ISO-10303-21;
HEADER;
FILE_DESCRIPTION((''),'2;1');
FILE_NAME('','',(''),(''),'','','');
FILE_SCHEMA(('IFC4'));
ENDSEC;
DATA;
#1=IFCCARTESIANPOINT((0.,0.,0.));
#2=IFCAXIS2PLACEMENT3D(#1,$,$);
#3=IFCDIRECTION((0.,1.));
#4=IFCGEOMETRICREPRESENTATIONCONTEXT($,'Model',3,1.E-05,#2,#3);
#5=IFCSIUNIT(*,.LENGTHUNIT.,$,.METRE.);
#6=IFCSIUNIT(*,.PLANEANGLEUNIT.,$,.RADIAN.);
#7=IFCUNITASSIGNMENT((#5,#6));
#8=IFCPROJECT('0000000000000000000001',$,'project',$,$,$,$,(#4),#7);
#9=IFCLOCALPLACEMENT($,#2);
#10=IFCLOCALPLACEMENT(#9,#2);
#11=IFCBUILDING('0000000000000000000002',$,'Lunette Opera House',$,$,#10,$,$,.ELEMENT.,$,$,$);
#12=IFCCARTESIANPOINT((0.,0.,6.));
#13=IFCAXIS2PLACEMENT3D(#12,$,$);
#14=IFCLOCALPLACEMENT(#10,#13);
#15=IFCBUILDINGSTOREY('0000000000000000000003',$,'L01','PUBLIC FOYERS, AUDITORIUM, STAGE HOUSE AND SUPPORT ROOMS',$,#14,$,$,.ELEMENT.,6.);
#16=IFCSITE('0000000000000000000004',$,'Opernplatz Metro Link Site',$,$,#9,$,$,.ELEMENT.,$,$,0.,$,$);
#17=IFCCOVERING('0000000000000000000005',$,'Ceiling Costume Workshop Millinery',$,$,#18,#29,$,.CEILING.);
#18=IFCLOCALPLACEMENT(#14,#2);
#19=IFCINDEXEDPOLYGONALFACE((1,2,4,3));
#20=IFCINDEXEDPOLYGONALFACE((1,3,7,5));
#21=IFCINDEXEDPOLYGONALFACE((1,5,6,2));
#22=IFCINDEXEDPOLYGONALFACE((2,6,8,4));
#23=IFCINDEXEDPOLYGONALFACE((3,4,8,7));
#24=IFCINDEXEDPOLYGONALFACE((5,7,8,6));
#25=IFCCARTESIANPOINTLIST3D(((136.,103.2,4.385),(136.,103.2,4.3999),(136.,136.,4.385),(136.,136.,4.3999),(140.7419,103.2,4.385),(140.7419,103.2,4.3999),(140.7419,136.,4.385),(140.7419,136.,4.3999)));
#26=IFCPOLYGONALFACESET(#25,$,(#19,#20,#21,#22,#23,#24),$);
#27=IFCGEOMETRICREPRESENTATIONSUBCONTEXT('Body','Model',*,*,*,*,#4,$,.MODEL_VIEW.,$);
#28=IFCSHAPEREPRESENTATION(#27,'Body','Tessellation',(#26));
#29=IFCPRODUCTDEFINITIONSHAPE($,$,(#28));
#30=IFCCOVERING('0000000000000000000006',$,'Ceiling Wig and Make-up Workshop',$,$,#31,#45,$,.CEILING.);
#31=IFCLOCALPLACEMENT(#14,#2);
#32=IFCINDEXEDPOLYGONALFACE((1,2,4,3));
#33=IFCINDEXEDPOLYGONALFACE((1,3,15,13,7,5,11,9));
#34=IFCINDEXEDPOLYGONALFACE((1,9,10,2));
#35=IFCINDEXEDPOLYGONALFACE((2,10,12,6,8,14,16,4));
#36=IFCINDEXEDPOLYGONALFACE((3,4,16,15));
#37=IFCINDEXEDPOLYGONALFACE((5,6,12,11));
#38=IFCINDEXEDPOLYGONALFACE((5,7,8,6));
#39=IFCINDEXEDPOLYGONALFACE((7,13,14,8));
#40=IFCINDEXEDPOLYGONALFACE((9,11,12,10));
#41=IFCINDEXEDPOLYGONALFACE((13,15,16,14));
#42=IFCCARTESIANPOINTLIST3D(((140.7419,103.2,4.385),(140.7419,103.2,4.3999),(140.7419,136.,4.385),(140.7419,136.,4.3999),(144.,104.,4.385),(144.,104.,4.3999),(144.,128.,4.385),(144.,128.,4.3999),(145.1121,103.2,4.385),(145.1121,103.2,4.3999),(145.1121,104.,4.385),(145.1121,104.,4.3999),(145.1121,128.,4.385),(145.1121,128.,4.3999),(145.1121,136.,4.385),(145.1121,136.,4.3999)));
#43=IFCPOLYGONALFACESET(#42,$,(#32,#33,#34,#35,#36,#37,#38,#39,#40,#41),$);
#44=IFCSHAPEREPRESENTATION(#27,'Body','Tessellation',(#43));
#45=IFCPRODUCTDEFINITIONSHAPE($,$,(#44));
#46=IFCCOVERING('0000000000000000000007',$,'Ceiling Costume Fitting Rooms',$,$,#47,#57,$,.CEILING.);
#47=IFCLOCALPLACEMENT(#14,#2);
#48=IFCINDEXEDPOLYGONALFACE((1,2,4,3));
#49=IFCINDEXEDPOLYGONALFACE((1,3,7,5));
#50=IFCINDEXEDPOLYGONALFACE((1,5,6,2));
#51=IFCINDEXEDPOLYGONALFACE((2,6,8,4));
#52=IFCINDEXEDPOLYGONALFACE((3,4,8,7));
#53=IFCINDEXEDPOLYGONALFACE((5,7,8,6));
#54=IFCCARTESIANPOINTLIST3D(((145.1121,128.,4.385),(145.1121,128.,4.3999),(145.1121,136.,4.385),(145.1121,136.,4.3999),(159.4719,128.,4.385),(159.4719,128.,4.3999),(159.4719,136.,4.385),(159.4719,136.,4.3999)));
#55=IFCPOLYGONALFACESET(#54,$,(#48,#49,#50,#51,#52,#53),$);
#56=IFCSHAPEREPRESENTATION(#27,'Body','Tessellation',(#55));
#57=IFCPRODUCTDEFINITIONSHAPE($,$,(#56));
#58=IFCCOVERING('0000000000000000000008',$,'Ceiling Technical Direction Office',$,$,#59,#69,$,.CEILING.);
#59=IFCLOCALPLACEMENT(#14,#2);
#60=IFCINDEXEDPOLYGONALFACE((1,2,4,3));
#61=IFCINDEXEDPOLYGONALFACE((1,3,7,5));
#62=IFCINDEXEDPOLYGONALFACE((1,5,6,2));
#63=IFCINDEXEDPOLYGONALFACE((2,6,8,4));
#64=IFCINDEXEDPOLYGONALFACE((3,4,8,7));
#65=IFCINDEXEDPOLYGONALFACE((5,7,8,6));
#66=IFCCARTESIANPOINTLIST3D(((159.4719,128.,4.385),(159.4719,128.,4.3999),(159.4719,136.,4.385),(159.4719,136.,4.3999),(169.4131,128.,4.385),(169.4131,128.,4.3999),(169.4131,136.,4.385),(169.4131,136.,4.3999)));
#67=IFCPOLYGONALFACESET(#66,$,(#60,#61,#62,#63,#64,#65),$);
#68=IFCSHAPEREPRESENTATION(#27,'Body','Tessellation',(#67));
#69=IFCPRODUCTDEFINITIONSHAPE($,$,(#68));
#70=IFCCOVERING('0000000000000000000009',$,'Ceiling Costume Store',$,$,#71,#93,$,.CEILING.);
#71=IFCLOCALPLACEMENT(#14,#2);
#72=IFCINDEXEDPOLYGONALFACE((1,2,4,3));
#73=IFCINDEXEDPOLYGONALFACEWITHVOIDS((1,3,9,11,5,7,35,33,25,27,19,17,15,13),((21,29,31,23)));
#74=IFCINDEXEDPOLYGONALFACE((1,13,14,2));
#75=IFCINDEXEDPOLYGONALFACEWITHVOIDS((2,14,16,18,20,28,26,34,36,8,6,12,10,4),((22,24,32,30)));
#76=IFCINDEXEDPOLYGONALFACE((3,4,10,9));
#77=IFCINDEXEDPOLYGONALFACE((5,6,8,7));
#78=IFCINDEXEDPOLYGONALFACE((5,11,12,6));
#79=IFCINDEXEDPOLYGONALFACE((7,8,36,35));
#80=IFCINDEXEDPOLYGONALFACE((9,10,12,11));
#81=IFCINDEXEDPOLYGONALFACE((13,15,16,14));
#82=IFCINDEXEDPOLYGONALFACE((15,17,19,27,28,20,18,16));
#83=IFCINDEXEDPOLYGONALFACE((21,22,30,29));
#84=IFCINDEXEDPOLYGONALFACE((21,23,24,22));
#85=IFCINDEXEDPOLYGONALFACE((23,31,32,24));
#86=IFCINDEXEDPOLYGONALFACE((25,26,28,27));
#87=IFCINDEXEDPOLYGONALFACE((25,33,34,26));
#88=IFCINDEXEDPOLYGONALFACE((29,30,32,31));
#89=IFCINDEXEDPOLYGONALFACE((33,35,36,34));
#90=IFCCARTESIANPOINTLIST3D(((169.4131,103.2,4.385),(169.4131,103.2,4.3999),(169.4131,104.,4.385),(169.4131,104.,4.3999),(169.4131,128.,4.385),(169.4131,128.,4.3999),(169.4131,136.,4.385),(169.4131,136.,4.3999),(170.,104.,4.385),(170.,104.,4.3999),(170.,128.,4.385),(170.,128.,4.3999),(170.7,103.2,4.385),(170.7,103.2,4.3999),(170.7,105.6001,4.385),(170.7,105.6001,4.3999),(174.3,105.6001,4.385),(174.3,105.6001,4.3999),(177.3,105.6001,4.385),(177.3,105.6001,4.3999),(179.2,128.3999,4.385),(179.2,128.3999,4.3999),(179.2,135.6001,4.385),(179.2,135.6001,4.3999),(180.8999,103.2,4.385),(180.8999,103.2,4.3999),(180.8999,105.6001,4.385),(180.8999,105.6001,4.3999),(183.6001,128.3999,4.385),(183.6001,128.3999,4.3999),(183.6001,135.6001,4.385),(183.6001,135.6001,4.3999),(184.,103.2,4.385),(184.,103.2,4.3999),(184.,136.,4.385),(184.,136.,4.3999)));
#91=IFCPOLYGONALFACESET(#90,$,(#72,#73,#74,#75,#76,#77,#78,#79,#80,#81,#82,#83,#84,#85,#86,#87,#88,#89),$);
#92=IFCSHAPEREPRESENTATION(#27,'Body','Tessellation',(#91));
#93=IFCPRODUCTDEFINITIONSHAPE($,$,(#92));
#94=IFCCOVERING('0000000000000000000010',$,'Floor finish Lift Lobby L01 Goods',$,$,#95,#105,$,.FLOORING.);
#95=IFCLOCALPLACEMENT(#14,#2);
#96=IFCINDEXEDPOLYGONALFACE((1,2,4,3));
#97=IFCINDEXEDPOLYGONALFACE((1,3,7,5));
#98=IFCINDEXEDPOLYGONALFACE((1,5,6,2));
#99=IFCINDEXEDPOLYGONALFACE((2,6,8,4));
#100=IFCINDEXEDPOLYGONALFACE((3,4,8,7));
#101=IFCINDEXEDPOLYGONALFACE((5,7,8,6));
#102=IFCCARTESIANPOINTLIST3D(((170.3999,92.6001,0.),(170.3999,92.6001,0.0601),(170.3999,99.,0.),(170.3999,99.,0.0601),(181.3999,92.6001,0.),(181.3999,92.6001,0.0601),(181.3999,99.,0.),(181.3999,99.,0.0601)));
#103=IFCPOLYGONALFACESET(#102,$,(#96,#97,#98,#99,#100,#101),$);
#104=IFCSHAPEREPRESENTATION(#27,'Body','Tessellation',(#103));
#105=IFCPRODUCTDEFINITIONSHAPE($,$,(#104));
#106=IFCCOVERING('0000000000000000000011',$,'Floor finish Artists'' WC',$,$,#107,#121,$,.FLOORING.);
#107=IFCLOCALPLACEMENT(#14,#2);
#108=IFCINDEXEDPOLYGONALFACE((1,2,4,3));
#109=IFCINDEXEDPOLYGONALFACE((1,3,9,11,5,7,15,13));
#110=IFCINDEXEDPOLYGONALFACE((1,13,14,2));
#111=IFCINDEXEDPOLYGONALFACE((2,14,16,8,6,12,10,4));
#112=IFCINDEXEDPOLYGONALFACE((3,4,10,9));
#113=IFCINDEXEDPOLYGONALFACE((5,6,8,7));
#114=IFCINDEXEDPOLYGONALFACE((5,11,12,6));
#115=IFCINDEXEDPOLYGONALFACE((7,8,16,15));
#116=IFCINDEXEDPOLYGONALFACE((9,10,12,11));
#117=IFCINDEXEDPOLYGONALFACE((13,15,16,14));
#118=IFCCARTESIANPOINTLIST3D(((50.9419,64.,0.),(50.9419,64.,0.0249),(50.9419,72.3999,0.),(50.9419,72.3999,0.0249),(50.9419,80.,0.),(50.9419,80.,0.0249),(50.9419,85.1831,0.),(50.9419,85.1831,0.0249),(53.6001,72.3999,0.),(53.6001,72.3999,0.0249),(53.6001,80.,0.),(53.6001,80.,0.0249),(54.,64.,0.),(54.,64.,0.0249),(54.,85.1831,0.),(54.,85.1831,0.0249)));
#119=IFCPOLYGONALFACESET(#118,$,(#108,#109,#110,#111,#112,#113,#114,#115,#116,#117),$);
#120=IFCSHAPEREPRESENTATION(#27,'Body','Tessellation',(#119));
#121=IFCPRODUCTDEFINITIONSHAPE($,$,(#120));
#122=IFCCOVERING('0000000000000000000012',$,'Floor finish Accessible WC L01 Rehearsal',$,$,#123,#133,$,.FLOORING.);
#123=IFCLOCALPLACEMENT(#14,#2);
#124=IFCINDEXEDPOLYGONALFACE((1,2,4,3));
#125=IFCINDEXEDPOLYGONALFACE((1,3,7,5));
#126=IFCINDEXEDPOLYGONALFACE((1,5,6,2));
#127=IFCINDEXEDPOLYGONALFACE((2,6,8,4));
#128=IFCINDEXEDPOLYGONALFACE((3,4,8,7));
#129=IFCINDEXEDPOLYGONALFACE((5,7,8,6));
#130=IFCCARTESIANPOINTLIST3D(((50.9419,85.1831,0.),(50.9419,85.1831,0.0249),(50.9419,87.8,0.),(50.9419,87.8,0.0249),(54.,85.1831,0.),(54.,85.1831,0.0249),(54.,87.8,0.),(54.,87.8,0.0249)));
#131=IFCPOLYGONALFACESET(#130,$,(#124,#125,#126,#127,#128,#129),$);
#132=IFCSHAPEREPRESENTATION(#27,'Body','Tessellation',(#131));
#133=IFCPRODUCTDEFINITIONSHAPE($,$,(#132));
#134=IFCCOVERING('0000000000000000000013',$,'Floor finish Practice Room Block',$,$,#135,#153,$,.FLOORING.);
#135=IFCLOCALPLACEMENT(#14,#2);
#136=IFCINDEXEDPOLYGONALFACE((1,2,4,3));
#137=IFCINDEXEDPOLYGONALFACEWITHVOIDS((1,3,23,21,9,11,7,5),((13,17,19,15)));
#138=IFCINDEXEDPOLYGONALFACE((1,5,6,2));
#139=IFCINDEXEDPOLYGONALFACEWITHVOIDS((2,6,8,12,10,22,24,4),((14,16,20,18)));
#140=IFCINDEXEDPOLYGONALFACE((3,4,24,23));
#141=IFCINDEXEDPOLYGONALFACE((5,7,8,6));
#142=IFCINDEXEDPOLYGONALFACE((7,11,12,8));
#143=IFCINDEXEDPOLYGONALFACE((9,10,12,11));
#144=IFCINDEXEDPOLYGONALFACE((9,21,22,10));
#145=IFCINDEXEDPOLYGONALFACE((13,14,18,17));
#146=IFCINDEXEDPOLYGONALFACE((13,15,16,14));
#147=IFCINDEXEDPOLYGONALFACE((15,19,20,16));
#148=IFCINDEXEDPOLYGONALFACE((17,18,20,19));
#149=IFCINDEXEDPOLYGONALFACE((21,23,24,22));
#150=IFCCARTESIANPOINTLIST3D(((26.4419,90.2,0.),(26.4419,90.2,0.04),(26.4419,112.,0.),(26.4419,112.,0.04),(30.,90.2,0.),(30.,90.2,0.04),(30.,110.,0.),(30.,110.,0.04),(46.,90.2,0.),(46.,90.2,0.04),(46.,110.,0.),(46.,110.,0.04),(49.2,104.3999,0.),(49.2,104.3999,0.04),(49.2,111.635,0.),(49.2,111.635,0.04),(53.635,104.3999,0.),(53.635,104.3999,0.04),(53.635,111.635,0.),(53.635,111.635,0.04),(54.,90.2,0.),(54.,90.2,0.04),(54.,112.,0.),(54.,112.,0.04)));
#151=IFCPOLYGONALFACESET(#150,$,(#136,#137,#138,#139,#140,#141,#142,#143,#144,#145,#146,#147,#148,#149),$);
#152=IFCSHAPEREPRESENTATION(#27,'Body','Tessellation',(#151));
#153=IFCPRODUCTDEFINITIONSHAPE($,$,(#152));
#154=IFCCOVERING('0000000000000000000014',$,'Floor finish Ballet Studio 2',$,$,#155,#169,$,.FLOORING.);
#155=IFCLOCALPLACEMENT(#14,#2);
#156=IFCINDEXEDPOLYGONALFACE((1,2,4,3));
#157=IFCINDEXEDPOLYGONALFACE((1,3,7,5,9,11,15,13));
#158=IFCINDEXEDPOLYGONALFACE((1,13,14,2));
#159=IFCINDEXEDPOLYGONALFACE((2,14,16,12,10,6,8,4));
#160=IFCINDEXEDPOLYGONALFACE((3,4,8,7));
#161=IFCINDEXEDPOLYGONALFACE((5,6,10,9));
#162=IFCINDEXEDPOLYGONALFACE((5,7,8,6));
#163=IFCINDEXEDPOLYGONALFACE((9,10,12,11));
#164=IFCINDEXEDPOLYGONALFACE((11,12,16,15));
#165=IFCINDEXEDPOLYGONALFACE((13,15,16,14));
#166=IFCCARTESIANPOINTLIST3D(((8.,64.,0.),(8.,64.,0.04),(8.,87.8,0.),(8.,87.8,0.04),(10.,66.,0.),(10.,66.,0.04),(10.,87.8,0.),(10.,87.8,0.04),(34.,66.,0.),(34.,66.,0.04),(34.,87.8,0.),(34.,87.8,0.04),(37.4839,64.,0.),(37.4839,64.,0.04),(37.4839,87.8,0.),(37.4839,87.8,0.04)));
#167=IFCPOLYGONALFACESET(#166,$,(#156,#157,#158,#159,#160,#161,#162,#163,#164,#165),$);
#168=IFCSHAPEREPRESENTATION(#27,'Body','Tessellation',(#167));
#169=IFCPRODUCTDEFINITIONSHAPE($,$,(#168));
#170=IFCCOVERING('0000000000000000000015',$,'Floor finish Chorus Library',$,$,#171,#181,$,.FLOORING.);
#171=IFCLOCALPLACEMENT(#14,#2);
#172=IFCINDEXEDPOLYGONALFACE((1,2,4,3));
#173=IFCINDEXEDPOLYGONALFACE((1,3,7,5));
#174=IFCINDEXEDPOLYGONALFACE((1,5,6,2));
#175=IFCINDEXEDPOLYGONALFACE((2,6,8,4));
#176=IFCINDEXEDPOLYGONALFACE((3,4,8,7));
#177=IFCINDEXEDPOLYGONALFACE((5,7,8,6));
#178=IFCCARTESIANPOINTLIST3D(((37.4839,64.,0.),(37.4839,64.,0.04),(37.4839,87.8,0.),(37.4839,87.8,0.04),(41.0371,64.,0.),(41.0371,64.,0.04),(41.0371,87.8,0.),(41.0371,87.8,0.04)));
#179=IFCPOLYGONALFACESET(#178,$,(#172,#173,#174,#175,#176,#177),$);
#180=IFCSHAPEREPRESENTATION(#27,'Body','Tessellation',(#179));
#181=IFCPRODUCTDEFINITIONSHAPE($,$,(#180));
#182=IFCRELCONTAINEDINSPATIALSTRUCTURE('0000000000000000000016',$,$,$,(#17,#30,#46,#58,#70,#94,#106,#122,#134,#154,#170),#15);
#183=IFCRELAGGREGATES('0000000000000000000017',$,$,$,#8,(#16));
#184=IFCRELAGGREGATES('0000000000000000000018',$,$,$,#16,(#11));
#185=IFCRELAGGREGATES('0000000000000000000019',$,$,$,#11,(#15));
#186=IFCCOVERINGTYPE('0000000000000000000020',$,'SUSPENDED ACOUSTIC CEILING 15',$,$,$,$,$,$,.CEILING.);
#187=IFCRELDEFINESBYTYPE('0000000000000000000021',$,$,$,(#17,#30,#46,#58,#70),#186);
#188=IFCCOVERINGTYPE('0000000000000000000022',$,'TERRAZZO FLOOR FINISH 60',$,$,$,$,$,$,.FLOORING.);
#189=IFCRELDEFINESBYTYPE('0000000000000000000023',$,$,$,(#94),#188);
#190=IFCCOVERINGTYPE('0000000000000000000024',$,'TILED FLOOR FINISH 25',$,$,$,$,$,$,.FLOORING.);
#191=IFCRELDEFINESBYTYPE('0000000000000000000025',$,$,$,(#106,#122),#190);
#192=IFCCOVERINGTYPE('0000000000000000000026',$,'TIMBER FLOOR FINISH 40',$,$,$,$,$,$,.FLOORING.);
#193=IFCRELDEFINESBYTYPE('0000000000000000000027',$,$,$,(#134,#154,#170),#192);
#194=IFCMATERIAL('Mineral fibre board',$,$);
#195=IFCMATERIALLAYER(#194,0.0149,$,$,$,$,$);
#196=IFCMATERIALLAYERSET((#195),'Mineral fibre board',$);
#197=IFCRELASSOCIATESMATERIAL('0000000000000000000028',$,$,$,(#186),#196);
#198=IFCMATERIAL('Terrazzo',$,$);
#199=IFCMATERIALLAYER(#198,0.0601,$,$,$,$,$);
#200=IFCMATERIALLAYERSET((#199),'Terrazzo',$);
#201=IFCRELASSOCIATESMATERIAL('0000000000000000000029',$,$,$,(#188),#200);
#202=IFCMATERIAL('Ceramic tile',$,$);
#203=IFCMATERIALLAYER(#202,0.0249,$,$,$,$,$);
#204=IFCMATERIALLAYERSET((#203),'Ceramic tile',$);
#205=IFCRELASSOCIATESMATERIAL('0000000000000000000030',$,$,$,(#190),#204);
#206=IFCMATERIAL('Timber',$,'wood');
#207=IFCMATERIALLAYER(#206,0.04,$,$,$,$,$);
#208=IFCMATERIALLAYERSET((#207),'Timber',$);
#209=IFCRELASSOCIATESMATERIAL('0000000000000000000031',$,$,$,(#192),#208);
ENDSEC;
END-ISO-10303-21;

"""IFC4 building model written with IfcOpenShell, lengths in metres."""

from ifc_helpers import new_model, si_unit, direction, frame, origin, place, context, subcontext, project, spatial, polyline, outline, extrude, material, layer, layer_set, type_object, element, save


model = new_model("IFC4")

# Units and contexts
model_context = context("Model", 3, precision=1e-05, world=origin(), true_north=direction((0.0, 1.0)))
body_context = subcontext(model_context, "Body", "Model", "MODEL_VIEW")
ifc_project = project(units=[si_unit("LENGTHUNIT", "METRE"), si_unit("PLANEANGLEUNIT", "RADIAN")], contexts=[model_context])

# Site, building, storey
site_placement = place(None, origin())
site = spatial("IfcSite", under=ifc_project, at=site_placement, Name="Opernplatz Metro Link Site", CompositionType="ELEMENT", RefElevation=0.0)
building_placement = place(site_placement, origin())
building = spatial("IfcBuilding", under=site, at=building_placement, Name="Lunette Opera House", CompositionType="ELEMENT")
storey_placement = place(building_placement, frame((0.0, 0.0, 6.0)))
storey = spatial("IfcBuildingStorey", under=building, at=storey_placement, Name="L01", Description="PUBLIC FOYERS, AUDITORIUM, STAGE HOUSE AND SUPPORT ROOMS", CompositionType="ELEMENT", Elevation=6.0)

# Coverings
ifc_material_1 = material(Name="Mineral fibre board")
ifc_layer_1 = layer(ifc_material_1, 0.0149)
ifc_layer_set_1 = layer_set([ifc_layer_1], Name="Mineral fibre board")
covering_type_1 = type_object("IfcCoveringType", Name="SUSPENDED ACOUSTIC CEILING 15", PredefinedType="CEILING", material=ifc_layer_set_1)
covering_1_placement = place(storey_placement, frame((0.0, 0.0, 4.385)))
element("IfcCovering", 1, at=covering_1_placement, inside=storey, type_object=covering_type_1, Name="Ceiling Costume Workshop Millinery", PredefinedType="CEILING", context=body_context, shape_type="SweptSolid", body=[
    extrude(outline(polyline([(136.0, 103.2), (136.0, 136.0), (140.7419, 136.0), (140.7419, 103.2), (136.0, 103.2)])), origin(), (0.0, 0.0, 1.0), 0.0149),
])
covering_2_placement = place(storey_placement, frame((0.0, 0.0, 4.385)))
element("IfcCovering", 2, at=covering_2_placement, inside=storey, type_object=covering_type_1, Name="Ceiling Wig and Make-up Workshop", PredefinedType="CEILING", context=body_context, shape_type="SweptSolid", body=[
    extrude(outline(polyline([(140.7419, 103.2), (140.7419, 136.0), (145.1121, 136.0), (145.1121, 128.0), (144.0, 128.0), (144.0, 104.0), (145.1121, 104.0), (145.1121, 103.2), (140.7419, 103.2)])), origin(), (0.0, 0.0, 1.0), 0.0149),
])
covering_3_placement = place(storey_placement, frame((0.0, 0.0, 4.385)))
element("IfcCovering", 3, at=covering_3_placement, inside=storey, type_object=covering_type_1, Name="Ceiling Costume Fitting Rooms", PredefinedType="CEILING", context=body_context, shape_type="SweptSolid", body=[
    extrude(outline(polyline([(145.1121, 128.0), (145.1121, 136.0), (159.4719, 136.0), (159.4719, 128.0), (145.1121, 128.0)])), origin(), (0.0, 0.0, 1.0), 0.0149),
])
covering_4_placement = place(storey_placement, frame((0.0, 0.0, 4.385)))
element("IfcCovering", 4, at=covering_4_placement, inside=storey, type_object=covering_type_1, Name="Ceiling Technical Direction Office", PredefinedType="CEILING", context=body_context, shape_type="SweptSolid", body=[
    extrude(outline(polyline([(159.4719, 128.0), (159.4719, 136.0), (169.4131, 136.0), (169.4131, 128.0), (159.4719, 128.0)])), origin(), (0.0, 0.0, 1.0), 0.0149),
])
covering_5_placement = place(storey_placement, frame((0.0, 0.0, 4.385)))
element("IfcCovering", 5, at=covering_5_placement, inside=storey, type_object=covering_type_1, Name="Ceiling Costume Store", PredefinedType="CEILING", context=body_context, shape_type="SweptSolid", body=[
    extrude(outline(polyline([(170.7, 105.6001), (170.7, 103.2), (169.4131, 103.2), (169.4131, 104.0), (170.0, 104.0), (170.0, 128.0), (169.4131, 128.0), (169.4131, 136.0), (184.0, 136.0), (184.0, 103.2), (180.8999, 103.2), (180.8999, 105.6001), (177.3, 105.6001), (174.3, 105.6001), (170.7, 105.6001)]), holes=[polyline([(183.6001, 135.6001), (179.2, 135.6001), (179.2, 128.3999), (183.6001, 128.3999), (183.6001, 135.6001)])]), origin(), (0.0, 0.0, 1.0), 0.0149),
])
ifc_material_2 = material(Name="Terrazzo")
ifc_layer_2 = layer(ifc_material_2, 0.0601)
ifc_layer_set_2 = layer_set([ifc_layer_2], Name="Terrazzo")
covering_type_2 = type_object("IfcCoveringType", Name="TERRAZZO FLOOR FINISH 60", PredefinedType="FLOORING", material=ifc_layer_set_2)
covering_6_placement = place(storey_placement, origin())
element("IfcCovering", 6, at=covering_6_placement, inside=storey, type_object=covering_type_2, Name="Floor finish Lift Lobby L01 Goods", PredefinedType="FLOORING", context=body_context, shape_type="SweptSolid", body=[
    extrude(outline(polyline([(181.3999, 92.6001), (181.3999, 99.0), (170.3999, 99.0), (170.3999, 92.6001), (181.3999, 92.6001)])), origin(), (0.0, 0.0, 1.0), 0.0601),
])
ifc_material_3 = material(Name="Ceramic tile")
ifc_layer_3 = layer(ifc_material_3, 0.0249)
ifc_layer_set_3 = layer_set([ifc_layer_3], Name="Ceramic tile")
covering_type_3 = type_object("IfcCoveringType", Name="TILED FLOOR FINISH 25", PredefinedType="FLOORING", material=ifc_layer_set_3)
covering_7_placement = place(storey_placement, origin())
element("IfcCovering", 7, at=covering_7_placement, inside=storey, type_object=covering_type_3, Name="Floor finish Artists' WC", PredefinedType="FLOORING", context=body_context, shape_type="SweptSolid", body=[
    extrude(outline(polyline([(50.9419, 72.3999), (53.6001, 72.3999), (53.6001, 80.0), (50.9419, 80.0), (50.9419, 85.1831), (54.0, 85.1831), (54.0, 64.0), (50.9419, 64.0), (50.9419, 72.3999)])), origin(), (0.0, 0.0, 1.0), 0.0249),
])
covering_8_placement = place(storey_placement, origin())
element("IfcCovering", 8, at=covering_8_placement, inside=storey, type_object=covering_type_3, Name="Floor finish Accessible WC L01 Rehearsal", PredefinedType="FLOORING", context=body_context, shape_type="SweptSolid", body=[
    extrude(outline(polyline([(50.9419, 87.8), (54.0, 87.8), (54.0, 85.1831), (50.9419, 85.1831), (50.9419, 87.8)])), origin(), (0.0, 0.0, 1.0), 0.0249),
])
ifc_material_4 = material(Name="Timber", Category="wood")
ifc_layer_4 = layer(ifc_material_4, 0.04)
ifc_layer_set_4 = layer_set([ifc_layer_4], Name="Timber")
covering_type_4 = type_object("IfcCoveringType", Name="TIMBER FLOOR FINISH 40", PredefinedType="FLOORING", material=ifc_layer_set_4)
covering_9_placement = place(storey_placement, origin())
element("IfcCovering", 9, at=covering_9_placement, inside=storey, type_object=covering_type_4, Name="Floor finish Practice Room Block", PredefinedType="FLOORING", context=body_context, shape_type="SweptSolid", body=[
    extrude(outline(polyline([(46.0, 90.2), (46.0, 110.0), (30.0, 110.0), (30.0, 90.2), (26.4419, 90.2), (26.4419, 112.0), (54.0, 112.0), (54.0, 90.2), (46.0, 90.2)]), holes=[polyline([(53.635, 104.3999), (53.635, 111.635), (49.2, 111.635), (49.2, 104.3999), (53.635, 104.3999)])]), origin(), (0.0, 0.0, 1.0), 0.04),
])
covering_10_placement = place(storey_placement, origin())
element("IfcCovering", 10, at=covering_10_placement, inside=storey, type_object=covering_type_4, Name="Floor finish Ballet Studio 2", PredefinedType="FLOORING", context=body_context, shape_type="SweptSolid", body=[
    extrude(outline(polyline([(10.0, 87.8), (10.0, 66.0), (34.0, 66.0), (34.0, 87.8), (37.4839, 87.8), (37.4839, 64.0), (8.0, 64.0), (8.0, 87.8), (10.0, 87.8)])), origin(), (0.0, 0.0, 1.0), 0.04),
])
covering_11_placement = place(storey_placement, origin())
element("IfcCovering", 11, at=covering_11_placement, inside=storey, type_object=covering_type_4, Name="Floor finish Chorus Library", PredefinedType="FLOORING", context=body_context, shape_type="SweptSolid", body=[
    extrude(outline(polyline([(37.4839, 64.0), (37.4839, 87.8), (41.0371, 87.8), (41.0371, 64.0), (37.4839, 64.0)])), origin(), (0.0, 0.0, 1.0), 0.04),
])

save(model, "model.ifc")
